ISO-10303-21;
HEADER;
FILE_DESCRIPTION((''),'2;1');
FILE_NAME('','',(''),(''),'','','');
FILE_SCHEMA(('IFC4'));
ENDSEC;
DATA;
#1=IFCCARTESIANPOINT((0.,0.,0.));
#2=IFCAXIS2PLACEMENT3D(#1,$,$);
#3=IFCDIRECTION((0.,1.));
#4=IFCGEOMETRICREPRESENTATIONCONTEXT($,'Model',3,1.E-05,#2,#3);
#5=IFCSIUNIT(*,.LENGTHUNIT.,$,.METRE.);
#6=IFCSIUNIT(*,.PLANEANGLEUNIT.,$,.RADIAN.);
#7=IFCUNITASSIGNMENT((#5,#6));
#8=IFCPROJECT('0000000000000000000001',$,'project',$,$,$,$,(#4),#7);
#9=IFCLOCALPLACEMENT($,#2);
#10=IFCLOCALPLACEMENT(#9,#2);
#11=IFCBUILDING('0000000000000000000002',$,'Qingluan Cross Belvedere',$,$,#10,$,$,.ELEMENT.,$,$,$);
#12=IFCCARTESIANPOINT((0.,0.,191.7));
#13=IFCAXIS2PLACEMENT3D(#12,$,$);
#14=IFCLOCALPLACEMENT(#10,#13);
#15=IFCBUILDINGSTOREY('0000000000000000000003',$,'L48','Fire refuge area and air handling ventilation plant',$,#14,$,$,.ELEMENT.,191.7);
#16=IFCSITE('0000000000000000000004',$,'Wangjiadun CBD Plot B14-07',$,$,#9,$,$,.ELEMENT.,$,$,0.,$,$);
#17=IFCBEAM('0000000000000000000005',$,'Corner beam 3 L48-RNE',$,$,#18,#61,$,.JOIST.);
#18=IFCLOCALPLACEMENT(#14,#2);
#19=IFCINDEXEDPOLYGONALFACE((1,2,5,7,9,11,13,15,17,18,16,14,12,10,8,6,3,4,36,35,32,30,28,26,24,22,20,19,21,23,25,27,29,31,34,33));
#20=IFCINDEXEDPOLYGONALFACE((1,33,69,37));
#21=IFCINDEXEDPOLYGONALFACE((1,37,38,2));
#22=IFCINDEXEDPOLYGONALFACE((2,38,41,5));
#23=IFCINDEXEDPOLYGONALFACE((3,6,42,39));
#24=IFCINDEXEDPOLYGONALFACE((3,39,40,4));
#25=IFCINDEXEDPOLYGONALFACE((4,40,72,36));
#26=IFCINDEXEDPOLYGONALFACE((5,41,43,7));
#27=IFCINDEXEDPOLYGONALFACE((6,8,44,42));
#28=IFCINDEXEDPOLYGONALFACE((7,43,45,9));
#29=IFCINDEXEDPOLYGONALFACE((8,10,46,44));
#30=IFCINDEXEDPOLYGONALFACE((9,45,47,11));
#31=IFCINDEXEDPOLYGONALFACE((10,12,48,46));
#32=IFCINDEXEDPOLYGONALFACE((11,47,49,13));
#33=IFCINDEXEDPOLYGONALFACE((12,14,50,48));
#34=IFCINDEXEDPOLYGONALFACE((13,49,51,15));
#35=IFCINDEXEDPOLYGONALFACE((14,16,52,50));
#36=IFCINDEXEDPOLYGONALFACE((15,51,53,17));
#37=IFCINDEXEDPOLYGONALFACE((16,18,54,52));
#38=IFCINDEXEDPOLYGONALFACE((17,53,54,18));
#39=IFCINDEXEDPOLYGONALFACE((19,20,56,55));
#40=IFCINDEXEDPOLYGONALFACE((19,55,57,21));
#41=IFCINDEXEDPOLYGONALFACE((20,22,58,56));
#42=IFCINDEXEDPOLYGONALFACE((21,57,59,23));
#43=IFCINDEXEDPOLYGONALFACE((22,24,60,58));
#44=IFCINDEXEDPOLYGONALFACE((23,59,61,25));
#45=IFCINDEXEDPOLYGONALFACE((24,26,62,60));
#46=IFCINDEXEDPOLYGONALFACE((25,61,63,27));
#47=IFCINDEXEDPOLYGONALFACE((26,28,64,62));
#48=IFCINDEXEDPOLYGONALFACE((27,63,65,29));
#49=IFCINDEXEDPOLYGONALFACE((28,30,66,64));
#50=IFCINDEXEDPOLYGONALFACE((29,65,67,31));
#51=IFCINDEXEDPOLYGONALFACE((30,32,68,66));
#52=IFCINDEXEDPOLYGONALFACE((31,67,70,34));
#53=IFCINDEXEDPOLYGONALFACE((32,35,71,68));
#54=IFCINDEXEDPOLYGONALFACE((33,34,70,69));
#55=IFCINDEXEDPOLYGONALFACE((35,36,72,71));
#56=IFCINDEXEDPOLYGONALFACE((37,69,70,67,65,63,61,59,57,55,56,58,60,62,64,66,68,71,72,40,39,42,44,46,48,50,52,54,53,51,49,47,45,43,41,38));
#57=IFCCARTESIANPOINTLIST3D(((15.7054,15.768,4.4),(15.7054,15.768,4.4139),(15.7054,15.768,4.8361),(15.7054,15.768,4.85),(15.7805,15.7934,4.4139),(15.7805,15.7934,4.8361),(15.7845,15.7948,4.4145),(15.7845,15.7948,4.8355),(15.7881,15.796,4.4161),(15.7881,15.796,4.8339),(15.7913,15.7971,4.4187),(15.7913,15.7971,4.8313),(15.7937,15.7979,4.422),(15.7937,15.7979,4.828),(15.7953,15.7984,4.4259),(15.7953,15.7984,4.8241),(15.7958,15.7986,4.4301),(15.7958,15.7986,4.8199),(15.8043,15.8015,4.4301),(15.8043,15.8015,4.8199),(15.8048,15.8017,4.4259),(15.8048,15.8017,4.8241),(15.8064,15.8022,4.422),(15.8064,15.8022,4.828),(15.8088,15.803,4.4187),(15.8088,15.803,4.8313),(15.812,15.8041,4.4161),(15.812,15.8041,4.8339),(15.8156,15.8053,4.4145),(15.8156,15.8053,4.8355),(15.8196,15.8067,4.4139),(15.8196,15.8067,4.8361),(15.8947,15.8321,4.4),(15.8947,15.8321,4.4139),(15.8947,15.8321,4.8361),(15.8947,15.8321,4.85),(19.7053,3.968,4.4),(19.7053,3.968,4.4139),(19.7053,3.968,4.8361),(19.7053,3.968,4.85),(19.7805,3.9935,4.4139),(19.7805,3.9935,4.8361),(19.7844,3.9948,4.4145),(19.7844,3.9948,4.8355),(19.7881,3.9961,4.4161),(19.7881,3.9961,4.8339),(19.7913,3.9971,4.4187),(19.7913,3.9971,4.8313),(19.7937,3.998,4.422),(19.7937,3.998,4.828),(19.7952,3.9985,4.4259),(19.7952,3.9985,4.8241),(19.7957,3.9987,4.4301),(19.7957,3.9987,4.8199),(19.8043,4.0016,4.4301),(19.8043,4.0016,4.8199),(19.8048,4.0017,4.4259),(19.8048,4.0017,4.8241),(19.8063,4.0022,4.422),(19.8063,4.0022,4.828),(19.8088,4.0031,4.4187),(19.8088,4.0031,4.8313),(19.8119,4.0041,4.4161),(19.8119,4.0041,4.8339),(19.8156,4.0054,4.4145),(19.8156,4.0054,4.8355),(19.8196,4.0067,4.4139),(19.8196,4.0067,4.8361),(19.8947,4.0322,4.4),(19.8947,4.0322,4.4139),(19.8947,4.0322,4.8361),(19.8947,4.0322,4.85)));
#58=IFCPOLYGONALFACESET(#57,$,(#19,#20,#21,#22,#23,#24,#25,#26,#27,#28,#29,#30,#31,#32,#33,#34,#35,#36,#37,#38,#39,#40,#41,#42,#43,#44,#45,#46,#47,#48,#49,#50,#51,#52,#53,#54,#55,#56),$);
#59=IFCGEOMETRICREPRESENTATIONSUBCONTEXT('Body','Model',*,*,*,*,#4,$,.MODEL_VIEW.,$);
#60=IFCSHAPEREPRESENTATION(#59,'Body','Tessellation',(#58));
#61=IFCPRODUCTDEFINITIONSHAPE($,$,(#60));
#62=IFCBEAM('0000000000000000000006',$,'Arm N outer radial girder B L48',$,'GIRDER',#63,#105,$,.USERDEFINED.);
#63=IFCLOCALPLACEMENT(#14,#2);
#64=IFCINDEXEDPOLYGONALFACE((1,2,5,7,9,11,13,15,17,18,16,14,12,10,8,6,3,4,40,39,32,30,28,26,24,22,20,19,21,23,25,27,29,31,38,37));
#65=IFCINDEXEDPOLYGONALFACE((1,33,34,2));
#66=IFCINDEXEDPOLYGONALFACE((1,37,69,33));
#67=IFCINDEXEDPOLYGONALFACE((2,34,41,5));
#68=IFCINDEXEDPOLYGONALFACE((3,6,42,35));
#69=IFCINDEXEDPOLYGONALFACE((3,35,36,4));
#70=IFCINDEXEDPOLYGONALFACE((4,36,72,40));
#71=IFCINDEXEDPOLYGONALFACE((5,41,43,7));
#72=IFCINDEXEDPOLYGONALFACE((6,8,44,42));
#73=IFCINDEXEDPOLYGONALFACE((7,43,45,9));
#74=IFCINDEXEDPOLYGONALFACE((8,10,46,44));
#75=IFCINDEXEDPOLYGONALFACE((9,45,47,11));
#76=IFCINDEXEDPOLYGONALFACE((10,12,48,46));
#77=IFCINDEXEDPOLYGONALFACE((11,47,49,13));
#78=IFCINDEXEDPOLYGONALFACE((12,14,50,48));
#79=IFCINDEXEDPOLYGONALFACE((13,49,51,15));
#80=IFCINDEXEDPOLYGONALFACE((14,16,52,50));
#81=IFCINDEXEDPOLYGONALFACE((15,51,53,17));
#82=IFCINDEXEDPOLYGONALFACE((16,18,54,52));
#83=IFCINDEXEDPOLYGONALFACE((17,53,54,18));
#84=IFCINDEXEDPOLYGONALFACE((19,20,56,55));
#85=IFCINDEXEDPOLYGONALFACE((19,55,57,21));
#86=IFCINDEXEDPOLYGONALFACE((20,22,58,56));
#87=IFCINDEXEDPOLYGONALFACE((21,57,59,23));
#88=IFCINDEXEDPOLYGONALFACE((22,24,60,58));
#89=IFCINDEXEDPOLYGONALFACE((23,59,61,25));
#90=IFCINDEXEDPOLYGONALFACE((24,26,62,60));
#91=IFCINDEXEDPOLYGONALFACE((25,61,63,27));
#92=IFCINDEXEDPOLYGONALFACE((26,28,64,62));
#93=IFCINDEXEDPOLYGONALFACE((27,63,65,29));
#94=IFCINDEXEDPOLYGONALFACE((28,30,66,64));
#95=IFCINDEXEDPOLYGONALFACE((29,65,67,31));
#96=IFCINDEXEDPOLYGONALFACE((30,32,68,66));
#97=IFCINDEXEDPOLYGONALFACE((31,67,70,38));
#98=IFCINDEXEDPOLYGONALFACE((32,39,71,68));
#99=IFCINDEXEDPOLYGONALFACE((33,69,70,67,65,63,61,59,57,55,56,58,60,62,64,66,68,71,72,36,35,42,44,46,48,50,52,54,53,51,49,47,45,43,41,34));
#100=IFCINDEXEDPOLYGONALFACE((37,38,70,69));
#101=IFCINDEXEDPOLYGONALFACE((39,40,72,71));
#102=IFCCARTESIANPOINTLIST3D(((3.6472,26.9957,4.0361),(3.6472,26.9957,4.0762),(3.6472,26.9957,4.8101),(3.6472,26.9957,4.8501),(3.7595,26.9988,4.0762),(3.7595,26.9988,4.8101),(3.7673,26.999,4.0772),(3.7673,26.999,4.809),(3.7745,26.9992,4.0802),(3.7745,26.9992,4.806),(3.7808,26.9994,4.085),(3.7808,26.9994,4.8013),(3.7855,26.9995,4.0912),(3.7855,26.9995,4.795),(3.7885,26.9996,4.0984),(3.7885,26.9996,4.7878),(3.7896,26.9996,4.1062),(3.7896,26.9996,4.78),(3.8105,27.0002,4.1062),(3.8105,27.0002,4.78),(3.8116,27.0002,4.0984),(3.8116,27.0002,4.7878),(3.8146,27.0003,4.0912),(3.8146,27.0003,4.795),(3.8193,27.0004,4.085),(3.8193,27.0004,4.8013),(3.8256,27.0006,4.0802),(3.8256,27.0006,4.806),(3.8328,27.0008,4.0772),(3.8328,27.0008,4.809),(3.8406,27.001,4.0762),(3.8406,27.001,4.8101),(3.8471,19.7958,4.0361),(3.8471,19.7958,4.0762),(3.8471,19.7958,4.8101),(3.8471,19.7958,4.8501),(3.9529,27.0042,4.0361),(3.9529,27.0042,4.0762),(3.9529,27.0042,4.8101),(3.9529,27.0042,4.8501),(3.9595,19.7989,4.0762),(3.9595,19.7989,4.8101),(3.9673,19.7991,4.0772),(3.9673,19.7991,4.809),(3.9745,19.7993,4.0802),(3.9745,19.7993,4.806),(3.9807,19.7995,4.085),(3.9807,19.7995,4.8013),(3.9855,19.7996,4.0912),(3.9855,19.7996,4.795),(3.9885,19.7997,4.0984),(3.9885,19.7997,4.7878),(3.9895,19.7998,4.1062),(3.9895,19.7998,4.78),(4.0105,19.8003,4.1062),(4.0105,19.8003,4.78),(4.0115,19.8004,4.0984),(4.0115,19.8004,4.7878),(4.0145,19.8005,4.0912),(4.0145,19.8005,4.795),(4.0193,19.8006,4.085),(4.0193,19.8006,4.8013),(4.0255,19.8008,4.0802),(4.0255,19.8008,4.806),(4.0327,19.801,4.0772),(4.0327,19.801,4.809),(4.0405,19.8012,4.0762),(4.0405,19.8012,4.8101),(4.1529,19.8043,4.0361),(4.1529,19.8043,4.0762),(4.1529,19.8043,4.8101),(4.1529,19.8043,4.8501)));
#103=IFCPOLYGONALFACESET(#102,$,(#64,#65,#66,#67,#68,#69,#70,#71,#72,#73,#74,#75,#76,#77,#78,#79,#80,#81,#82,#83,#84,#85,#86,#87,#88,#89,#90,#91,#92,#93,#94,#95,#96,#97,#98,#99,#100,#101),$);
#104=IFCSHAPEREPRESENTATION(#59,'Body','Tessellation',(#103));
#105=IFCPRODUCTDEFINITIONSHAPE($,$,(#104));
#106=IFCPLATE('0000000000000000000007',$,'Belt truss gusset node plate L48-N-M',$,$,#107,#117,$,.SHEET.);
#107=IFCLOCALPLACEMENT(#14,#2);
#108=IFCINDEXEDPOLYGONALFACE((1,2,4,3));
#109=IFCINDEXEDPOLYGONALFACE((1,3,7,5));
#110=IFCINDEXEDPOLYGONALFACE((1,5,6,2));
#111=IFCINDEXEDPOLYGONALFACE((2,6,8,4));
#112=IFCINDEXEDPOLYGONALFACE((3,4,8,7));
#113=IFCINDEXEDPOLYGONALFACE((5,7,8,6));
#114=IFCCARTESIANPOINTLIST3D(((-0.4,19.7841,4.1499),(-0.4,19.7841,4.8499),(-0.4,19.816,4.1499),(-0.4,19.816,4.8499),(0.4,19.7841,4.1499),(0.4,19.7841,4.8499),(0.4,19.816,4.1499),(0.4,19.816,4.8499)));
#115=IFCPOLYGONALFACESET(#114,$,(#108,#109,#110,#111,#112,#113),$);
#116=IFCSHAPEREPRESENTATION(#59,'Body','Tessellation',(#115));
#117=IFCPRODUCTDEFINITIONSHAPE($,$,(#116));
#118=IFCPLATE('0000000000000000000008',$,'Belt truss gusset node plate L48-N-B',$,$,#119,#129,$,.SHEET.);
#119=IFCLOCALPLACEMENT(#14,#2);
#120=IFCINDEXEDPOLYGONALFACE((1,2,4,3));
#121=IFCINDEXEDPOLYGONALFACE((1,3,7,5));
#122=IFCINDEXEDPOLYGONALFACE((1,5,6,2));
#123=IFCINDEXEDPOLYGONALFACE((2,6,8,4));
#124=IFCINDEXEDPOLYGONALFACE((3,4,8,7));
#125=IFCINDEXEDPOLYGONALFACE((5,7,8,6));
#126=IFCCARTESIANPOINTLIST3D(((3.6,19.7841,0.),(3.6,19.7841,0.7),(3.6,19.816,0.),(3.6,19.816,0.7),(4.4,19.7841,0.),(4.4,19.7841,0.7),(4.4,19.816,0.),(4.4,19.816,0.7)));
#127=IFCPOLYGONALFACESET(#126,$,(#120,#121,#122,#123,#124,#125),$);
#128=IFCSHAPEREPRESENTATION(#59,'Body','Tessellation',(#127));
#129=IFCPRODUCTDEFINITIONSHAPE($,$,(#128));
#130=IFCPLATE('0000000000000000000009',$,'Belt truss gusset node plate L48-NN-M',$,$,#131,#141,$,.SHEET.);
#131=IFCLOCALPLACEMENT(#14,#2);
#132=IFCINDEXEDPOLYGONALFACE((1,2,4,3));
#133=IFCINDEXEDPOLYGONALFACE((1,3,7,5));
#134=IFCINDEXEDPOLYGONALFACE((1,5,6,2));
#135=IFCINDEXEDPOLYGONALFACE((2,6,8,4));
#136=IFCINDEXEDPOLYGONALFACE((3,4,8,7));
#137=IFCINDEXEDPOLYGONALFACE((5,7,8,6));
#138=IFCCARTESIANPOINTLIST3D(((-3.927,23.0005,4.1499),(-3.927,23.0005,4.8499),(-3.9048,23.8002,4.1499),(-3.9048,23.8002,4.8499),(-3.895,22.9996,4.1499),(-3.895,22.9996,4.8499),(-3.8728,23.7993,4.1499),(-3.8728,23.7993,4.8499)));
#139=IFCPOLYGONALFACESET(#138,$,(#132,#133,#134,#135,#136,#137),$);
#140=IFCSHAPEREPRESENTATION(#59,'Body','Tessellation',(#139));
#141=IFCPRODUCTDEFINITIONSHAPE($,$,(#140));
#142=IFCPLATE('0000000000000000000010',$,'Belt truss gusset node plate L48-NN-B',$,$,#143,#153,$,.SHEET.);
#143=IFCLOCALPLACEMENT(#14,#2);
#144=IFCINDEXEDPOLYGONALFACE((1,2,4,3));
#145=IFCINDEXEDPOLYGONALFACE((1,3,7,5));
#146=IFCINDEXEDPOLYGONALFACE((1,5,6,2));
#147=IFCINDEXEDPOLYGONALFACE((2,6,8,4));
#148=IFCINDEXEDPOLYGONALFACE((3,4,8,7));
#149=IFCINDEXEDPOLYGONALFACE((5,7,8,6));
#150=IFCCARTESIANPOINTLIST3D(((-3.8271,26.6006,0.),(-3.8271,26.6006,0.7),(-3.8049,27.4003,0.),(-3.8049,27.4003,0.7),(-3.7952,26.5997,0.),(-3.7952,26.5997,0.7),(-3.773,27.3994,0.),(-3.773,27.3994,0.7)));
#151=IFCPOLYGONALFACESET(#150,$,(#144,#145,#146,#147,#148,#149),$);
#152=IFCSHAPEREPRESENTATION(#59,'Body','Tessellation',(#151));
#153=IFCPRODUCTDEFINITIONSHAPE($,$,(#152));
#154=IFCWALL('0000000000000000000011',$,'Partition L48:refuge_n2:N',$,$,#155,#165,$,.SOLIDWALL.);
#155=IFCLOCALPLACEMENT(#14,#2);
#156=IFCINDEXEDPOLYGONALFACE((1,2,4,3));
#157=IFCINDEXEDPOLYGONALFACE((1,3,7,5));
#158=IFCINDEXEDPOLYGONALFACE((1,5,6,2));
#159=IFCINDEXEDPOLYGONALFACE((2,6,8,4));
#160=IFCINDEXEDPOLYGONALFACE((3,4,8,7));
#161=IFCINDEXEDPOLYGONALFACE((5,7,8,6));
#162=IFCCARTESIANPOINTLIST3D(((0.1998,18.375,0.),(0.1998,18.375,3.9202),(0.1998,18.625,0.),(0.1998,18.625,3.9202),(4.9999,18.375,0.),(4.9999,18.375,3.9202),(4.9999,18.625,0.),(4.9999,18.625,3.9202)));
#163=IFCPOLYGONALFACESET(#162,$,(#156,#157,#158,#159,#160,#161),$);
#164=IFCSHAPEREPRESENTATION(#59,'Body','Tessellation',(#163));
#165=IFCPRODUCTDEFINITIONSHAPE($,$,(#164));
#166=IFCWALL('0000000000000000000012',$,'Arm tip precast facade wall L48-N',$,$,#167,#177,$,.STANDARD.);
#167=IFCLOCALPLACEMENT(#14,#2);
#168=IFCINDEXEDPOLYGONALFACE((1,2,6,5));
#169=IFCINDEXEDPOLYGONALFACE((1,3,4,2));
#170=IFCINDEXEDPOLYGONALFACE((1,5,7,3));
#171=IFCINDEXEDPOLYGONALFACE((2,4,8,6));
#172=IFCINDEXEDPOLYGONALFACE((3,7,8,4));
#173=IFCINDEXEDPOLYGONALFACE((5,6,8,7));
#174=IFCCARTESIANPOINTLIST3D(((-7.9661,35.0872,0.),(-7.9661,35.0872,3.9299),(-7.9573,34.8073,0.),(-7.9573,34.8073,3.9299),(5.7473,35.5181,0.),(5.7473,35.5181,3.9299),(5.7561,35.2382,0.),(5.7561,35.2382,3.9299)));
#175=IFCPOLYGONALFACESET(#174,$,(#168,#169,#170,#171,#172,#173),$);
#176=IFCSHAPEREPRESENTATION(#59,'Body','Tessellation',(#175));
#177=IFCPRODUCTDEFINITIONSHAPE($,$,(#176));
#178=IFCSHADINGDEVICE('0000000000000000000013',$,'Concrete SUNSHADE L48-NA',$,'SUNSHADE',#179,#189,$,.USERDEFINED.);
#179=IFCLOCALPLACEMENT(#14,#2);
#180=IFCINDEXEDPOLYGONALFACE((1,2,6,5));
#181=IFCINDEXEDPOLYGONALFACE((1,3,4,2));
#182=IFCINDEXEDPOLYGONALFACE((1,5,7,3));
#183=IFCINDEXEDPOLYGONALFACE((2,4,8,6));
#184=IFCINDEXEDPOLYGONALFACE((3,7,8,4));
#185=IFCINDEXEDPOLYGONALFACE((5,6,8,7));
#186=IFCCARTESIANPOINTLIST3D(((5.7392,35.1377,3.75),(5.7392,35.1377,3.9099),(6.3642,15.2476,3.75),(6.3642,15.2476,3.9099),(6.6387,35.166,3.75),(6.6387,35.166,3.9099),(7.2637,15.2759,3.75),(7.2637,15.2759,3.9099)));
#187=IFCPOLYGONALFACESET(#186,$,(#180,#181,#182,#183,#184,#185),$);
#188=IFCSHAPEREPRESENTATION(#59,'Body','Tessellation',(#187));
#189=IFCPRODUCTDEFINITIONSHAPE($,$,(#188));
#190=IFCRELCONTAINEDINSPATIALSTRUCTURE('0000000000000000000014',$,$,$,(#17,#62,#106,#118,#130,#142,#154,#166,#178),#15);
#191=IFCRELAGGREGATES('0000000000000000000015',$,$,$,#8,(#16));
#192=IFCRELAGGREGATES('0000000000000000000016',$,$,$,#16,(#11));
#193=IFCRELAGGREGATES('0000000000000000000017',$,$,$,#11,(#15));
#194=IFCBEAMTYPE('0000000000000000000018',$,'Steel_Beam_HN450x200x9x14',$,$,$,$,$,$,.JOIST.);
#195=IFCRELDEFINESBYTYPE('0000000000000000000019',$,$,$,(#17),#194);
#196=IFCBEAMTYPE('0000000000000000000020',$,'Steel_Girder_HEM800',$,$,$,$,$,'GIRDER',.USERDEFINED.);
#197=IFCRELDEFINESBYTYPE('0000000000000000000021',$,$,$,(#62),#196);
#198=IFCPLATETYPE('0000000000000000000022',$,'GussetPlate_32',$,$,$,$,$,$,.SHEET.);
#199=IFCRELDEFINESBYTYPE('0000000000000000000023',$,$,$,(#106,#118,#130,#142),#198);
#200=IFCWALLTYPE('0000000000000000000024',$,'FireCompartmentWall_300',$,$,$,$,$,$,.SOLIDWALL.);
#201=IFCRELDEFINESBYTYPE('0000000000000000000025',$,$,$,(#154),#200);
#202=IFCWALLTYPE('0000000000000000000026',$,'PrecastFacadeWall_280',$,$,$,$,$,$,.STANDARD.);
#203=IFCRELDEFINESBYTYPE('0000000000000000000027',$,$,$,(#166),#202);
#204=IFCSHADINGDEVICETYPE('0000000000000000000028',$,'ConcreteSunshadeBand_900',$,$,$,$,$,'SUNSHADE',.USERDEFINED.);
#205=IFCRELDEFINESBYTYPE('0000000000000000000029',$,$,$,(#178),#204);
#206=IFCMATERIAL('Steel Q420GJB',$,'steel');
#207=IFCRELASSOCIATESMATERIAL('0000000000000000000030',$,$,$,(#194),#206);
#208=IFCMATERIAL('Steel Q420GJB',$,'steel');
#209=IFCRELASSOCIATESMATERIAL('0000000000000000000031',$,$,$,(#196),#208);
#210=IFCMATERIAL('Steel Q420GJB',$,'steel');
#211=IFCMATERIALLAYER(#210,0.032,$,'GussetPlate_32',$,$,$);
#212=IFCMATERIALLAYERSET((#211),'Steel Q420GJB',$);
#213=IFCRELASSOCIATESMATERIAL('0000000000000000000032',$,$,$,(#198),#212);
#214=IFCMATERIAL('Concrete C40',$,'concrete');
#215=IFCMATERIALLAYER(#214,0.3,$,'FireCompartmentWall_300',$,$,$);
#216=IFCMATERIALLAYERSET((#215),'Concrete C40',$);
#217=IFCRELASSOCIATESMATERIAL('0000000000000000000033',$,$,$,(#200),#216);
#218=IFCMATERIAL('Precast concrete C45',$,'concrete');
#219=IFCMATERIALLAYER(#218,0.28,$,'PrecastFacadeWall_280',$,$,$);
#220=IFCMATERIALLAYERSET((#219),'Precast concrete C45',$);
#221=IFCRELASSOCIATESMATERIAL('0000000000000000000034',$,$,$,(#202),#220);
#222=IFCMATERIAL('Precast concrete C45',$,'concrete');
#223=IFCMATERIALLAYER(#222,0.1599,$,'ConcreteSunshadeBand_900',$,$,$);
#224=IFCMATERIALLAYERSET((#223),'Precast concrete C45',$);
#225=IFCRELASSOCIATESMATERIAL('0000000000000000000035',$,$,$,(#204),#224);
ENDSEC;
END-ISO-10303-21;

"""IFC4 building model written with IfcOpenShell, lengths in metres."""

from ifc_helpers import new_model, si_unit, direction, frame, frame_2d, origin, origin_2d, place, context, subcontext, project, spatial, rectangle, i_section, extrude, material, layer, layer_set, material_profile, profile_set, type_object, element, save


model = new_model("IFC4")

# Units and contexts
model_context = context("Model", 3, precision=1e-05, world=origin(), true_north=direction((0.0, 1.0)))
body_context = subcontext(model_context, "Body", "Model", "MODEL_VIEW")
ifc_project = project(units=[si_unit("LENGTHUNIT", "METRE"), si_unit("PLANEANGLEUNIT", "RADIAN")], contexts=[model_context])

# Site, building, storey
site_placement = place(None, origin())
site = spatial("IfcSite", under=ifc_project, at=site_placement, Name="Wangjiadun CBD Plot B14-07", CompositionType="ELEMENT", RefElevation=0.0)
building_placement = place(site_placement, origin())
building = spatial("IfcBuilding", under=site, at=building_placement, Name="Qingluan Cross Belvedere", CompositionType="ELEMENT")
storey_placement = place(building_placement, frame((0.0, 0.0, 191.7)))
storey = spatial("IfcBuildingStorey", under=building, at=storey_placement, Name="L48", Description="Fire refuge area and air handling ventilation plant", CompositionType="ELEMENT", Elevation=191.7)

# Beams
ifc_material_1 = material(Name="Steel Q420GJB", Category="steel")
ifc_material_profile_1 = material_profile(ifc_material_1, i_section(OverallWidth=0.2, OverallDepth=0.45, WebThickness=0.009, FlangeThickness=0.0139, FilletRadius=0.0161, at=origin_2d()), Name="HN450x200x9x14")
ifc_profile_set_1 = profile_set([ifc_material_profile_1], Name="Steel Q420GJB")
beam_type_1 = type_object("IfcBeamType", Name="Steel_Beam_HN450x200x9x14", PredefinedType="JOIST", material=ifc_profile_set_1)
beam_1_placement = place(storey_placement, frame((15.8, 15.8, 4.625), z_axis=(0.321038, -0.947066, 0.0), x_axis=(0.947066, 0.321038, 0.0)))
element("IfcBeam", 1, at=beam_1_placement, inside=storey, type_object=beam_type_1, Name="Corner beam 3 L48-RNE", PredefinedType="JOIST", context=body_context, shape_type="SweptSolid", body=[
    extrude(i_section(OverallWidth=0.2, OverallDepth=0.45, WebThickness=0.009, FlangeThickness=0.0139, FilletRadius=0.0161, at=origin_2d()), origin(), (0.0, 0.0, 1.0), 12.4595),
])
ifc_material_2 = material(Name="Steel Q420GJB", Category="steel")
ifc_material_profile_2 = material_profile(ifc_material_2, i_section(OverallWidth=0.3059, OverallDepth=0.814, WebThickness=0.021, FlangeThickness=0.04, FilletRadius=0.03, at=origin_2d()), Name="HEM800")
ifc_profile_set_2 = profile_set([ifc_material_profile_2], Name="Steel Q420GJB")
beam_type_2 = type_object("IfcBeamType", Name="Steel_Girder_HEM800", ElementType="GIRDER", PredefinedType="USERDEFINED", material=ifc_profile_set_2)
beam_2_placement = place(storey_placement, frame((4.0, 19.8, 4.4431), z_axis=(-0.02776, 0.999615, 0.0), x_axis=(-0.999615, -0.02776, 0.0)))
element("IfcBeam", 2, at=beam_2_placement, inside=storey, type_object=beam_type_2, Name="Arm N outer radial girder B L48", ObjectType="GIRDER", PredefinedType="USERDEFINED", context=body_context, shape_type="SweptSolid", body=[
    extrude(i_section(OverallWidth=0.3059, OverallDepth=0.814, WebThickness=0.021, FlangeThickness=0.04, FilletRadius=0.03, at=origin_2d()), origin(), (0.0, 0.0, 1.0), 7.2026),
])

# Plates
ifc_material_3 = material(Name="Steel Q420GJB", Category="steel")
ifc_layer_1 = layer(ifc_material_3, 0.032, Name="GussetPlate_32")
ifc_layer_set_1 = layer_set([ifc_layer_1], Name="Steel Q420GJB")
plate_type = type_object("IfcPlateType", Name="GussetPlate_32", PredefinedType="SHEET", material=ifc_layer_set_1)
for number, where, z_axis, x_axis, name in (
    (3, (0.0, 19.8, 4.1499), (0.0, 0.0, 1.0), (1.0, 0.0, 0.0), "Belt truss gusset node plate L48-N-M"),
    (4, (4.0, 19.8, 0.0), (0.0, 0.0, 1.0), (1.0, 0.0, 0.0), "Belt truss gusset node plate L48-N-B"),
    (5, (-3.8999, 23.3999, 4.1499), (0.0, 0.0, 1.0), (0.027767, 0.999614, 0.0), "Belt truss gusset node plate L48-NN-M"),
    (6, (-3.8, 27.0, 0.0), (0.0, 0.0, 1.0), (0.027767, 0.999614, 0.0), "Belt truss gusset node plate L48-NN-B"),
):
    element("IfcPlate", number, at=place(storey_placement, frame(where, z_axis=z_axis, x_axis=x_axis)), inside=storey, type_object=plate_type, Name=name, PredefinedType="SHEET", context=body_context, shape_type="SweptSolid", body=[
        extrude(rectangle(XDim=0.8, YDim=0.032, at=origin_2d()), origin(), (0.0, 0.0, 1.0), 0.7),
    ])

# Walls
ifc_material_4 = material(Name="Concrete C40", Category="concrete")
ifc_layer_2 = layer(ifc_material_4, 0.3, Name="FireCompartmentWall_300")
ifc_layer_set_2 = layer_set([ifc_layer_2], Name="Concrete C40")
wall_type_1 = type_object("IfcWallType", Name="FireCompartmentWall_300", PredefinedType="SOLIDWALL", material=ifc_layer_set_2)
wall_1_placement = place(storey_placement, frame((0.2, 18.5, 0.0), z_axis=(0.0, 0.0, 1.0), x_axis=(1.0, 0.0, 0.0)))
element("IfcWall", 7, at=wall_1_placement, inside=storey, type_object=wall_type_1, Name="Partition L48:refuge_n2:N", PredefinedType="SOLIDWALL", context=body_context, shape_type="SweptSolid", body=[
    extrude(rectangle(XDim=4.8, YDim=0.25, at=frame_2d((2.3999, 0.0))), origin(), (0.0, 0.0, 1.0), 3.9202),
])
ifc_material_5 = material(Name="Precast concrete C45", Category="concrete")
ifc_layer_3 = layer(ifc_material_5, 0.28, Name="PrecastFacadeWall_280")
ifc_layer_set_3 = layer_set([ifc_layer_3], Name="Precast concrete C45")
wall_type_2 = type_object("IfcWallType", Name="PrecastFacadeWall_280", PredefinedType="STANDARD", material=ifc_layer_set_3)
wall_2_placement = place(storey_placement, frame((5.7517, 35.3782, 0.0), z_axis=(0.0, 0.0, 1.0), x_axis=(-0.999507, -0.031407, 0.0)))
element("IfcWall", 8, at=wall_2_placement, inside=storey, type_object=wall_type_2, Name="Arm tip precast facade wall L48-N", PredefinedType="STANDARD", context=body_context, shape_type="SweptSolid", body=[
    extrude(rectangle(XDim=13.7202, YDim=0.28, at=frame_2d((6.8601, 0.0))), origin(), (0.0, 0.0, 1.0), 3.9299),
])

# Shading device
ifc_material_6 = material(Name="Precast concrete C45", Category="concrete")
ifc_layer_4 = layer(ifc_material_6, 0.1599, Name="ConcreteSunshadeBand_900")
ifc_layer_set_4 = layer_set([ifc_layer_4], Name="Precast concrete C45")
shading_device_type_1 = type_object("IfcShadingDeviceType", Name="ConcreteSunshadeBand_900", ElementType="SUNSHADE", PredefinedType="USERDEFINED", material=ifc_layer_set_4)
shading_device_1_placement = place(storey_placement, frame((6.5015, 25.2068, 3.75), z_axis=(0.0, 0.0, 1.0), x_axis=(-0.031408, 0.999507, 0.0)))
element("IfcShadingDevice", 9, at=shading_device_1_placement, inside=storey, type_object=shading_device_type_1, Name="Concrete SUNSHADE L48-NA", ObjectType="SUNSHADE", PredefinedType="USERDEFINED", context=body_context, shape_type="SweptSolid", body=[
    extrude(rectangle(XDim=19.8999, YDim=0.8999, at=origin_2d()), origin(), (0.0, 0.0, 1.0), 0.1599),
])

save(model, "model.ifc")
